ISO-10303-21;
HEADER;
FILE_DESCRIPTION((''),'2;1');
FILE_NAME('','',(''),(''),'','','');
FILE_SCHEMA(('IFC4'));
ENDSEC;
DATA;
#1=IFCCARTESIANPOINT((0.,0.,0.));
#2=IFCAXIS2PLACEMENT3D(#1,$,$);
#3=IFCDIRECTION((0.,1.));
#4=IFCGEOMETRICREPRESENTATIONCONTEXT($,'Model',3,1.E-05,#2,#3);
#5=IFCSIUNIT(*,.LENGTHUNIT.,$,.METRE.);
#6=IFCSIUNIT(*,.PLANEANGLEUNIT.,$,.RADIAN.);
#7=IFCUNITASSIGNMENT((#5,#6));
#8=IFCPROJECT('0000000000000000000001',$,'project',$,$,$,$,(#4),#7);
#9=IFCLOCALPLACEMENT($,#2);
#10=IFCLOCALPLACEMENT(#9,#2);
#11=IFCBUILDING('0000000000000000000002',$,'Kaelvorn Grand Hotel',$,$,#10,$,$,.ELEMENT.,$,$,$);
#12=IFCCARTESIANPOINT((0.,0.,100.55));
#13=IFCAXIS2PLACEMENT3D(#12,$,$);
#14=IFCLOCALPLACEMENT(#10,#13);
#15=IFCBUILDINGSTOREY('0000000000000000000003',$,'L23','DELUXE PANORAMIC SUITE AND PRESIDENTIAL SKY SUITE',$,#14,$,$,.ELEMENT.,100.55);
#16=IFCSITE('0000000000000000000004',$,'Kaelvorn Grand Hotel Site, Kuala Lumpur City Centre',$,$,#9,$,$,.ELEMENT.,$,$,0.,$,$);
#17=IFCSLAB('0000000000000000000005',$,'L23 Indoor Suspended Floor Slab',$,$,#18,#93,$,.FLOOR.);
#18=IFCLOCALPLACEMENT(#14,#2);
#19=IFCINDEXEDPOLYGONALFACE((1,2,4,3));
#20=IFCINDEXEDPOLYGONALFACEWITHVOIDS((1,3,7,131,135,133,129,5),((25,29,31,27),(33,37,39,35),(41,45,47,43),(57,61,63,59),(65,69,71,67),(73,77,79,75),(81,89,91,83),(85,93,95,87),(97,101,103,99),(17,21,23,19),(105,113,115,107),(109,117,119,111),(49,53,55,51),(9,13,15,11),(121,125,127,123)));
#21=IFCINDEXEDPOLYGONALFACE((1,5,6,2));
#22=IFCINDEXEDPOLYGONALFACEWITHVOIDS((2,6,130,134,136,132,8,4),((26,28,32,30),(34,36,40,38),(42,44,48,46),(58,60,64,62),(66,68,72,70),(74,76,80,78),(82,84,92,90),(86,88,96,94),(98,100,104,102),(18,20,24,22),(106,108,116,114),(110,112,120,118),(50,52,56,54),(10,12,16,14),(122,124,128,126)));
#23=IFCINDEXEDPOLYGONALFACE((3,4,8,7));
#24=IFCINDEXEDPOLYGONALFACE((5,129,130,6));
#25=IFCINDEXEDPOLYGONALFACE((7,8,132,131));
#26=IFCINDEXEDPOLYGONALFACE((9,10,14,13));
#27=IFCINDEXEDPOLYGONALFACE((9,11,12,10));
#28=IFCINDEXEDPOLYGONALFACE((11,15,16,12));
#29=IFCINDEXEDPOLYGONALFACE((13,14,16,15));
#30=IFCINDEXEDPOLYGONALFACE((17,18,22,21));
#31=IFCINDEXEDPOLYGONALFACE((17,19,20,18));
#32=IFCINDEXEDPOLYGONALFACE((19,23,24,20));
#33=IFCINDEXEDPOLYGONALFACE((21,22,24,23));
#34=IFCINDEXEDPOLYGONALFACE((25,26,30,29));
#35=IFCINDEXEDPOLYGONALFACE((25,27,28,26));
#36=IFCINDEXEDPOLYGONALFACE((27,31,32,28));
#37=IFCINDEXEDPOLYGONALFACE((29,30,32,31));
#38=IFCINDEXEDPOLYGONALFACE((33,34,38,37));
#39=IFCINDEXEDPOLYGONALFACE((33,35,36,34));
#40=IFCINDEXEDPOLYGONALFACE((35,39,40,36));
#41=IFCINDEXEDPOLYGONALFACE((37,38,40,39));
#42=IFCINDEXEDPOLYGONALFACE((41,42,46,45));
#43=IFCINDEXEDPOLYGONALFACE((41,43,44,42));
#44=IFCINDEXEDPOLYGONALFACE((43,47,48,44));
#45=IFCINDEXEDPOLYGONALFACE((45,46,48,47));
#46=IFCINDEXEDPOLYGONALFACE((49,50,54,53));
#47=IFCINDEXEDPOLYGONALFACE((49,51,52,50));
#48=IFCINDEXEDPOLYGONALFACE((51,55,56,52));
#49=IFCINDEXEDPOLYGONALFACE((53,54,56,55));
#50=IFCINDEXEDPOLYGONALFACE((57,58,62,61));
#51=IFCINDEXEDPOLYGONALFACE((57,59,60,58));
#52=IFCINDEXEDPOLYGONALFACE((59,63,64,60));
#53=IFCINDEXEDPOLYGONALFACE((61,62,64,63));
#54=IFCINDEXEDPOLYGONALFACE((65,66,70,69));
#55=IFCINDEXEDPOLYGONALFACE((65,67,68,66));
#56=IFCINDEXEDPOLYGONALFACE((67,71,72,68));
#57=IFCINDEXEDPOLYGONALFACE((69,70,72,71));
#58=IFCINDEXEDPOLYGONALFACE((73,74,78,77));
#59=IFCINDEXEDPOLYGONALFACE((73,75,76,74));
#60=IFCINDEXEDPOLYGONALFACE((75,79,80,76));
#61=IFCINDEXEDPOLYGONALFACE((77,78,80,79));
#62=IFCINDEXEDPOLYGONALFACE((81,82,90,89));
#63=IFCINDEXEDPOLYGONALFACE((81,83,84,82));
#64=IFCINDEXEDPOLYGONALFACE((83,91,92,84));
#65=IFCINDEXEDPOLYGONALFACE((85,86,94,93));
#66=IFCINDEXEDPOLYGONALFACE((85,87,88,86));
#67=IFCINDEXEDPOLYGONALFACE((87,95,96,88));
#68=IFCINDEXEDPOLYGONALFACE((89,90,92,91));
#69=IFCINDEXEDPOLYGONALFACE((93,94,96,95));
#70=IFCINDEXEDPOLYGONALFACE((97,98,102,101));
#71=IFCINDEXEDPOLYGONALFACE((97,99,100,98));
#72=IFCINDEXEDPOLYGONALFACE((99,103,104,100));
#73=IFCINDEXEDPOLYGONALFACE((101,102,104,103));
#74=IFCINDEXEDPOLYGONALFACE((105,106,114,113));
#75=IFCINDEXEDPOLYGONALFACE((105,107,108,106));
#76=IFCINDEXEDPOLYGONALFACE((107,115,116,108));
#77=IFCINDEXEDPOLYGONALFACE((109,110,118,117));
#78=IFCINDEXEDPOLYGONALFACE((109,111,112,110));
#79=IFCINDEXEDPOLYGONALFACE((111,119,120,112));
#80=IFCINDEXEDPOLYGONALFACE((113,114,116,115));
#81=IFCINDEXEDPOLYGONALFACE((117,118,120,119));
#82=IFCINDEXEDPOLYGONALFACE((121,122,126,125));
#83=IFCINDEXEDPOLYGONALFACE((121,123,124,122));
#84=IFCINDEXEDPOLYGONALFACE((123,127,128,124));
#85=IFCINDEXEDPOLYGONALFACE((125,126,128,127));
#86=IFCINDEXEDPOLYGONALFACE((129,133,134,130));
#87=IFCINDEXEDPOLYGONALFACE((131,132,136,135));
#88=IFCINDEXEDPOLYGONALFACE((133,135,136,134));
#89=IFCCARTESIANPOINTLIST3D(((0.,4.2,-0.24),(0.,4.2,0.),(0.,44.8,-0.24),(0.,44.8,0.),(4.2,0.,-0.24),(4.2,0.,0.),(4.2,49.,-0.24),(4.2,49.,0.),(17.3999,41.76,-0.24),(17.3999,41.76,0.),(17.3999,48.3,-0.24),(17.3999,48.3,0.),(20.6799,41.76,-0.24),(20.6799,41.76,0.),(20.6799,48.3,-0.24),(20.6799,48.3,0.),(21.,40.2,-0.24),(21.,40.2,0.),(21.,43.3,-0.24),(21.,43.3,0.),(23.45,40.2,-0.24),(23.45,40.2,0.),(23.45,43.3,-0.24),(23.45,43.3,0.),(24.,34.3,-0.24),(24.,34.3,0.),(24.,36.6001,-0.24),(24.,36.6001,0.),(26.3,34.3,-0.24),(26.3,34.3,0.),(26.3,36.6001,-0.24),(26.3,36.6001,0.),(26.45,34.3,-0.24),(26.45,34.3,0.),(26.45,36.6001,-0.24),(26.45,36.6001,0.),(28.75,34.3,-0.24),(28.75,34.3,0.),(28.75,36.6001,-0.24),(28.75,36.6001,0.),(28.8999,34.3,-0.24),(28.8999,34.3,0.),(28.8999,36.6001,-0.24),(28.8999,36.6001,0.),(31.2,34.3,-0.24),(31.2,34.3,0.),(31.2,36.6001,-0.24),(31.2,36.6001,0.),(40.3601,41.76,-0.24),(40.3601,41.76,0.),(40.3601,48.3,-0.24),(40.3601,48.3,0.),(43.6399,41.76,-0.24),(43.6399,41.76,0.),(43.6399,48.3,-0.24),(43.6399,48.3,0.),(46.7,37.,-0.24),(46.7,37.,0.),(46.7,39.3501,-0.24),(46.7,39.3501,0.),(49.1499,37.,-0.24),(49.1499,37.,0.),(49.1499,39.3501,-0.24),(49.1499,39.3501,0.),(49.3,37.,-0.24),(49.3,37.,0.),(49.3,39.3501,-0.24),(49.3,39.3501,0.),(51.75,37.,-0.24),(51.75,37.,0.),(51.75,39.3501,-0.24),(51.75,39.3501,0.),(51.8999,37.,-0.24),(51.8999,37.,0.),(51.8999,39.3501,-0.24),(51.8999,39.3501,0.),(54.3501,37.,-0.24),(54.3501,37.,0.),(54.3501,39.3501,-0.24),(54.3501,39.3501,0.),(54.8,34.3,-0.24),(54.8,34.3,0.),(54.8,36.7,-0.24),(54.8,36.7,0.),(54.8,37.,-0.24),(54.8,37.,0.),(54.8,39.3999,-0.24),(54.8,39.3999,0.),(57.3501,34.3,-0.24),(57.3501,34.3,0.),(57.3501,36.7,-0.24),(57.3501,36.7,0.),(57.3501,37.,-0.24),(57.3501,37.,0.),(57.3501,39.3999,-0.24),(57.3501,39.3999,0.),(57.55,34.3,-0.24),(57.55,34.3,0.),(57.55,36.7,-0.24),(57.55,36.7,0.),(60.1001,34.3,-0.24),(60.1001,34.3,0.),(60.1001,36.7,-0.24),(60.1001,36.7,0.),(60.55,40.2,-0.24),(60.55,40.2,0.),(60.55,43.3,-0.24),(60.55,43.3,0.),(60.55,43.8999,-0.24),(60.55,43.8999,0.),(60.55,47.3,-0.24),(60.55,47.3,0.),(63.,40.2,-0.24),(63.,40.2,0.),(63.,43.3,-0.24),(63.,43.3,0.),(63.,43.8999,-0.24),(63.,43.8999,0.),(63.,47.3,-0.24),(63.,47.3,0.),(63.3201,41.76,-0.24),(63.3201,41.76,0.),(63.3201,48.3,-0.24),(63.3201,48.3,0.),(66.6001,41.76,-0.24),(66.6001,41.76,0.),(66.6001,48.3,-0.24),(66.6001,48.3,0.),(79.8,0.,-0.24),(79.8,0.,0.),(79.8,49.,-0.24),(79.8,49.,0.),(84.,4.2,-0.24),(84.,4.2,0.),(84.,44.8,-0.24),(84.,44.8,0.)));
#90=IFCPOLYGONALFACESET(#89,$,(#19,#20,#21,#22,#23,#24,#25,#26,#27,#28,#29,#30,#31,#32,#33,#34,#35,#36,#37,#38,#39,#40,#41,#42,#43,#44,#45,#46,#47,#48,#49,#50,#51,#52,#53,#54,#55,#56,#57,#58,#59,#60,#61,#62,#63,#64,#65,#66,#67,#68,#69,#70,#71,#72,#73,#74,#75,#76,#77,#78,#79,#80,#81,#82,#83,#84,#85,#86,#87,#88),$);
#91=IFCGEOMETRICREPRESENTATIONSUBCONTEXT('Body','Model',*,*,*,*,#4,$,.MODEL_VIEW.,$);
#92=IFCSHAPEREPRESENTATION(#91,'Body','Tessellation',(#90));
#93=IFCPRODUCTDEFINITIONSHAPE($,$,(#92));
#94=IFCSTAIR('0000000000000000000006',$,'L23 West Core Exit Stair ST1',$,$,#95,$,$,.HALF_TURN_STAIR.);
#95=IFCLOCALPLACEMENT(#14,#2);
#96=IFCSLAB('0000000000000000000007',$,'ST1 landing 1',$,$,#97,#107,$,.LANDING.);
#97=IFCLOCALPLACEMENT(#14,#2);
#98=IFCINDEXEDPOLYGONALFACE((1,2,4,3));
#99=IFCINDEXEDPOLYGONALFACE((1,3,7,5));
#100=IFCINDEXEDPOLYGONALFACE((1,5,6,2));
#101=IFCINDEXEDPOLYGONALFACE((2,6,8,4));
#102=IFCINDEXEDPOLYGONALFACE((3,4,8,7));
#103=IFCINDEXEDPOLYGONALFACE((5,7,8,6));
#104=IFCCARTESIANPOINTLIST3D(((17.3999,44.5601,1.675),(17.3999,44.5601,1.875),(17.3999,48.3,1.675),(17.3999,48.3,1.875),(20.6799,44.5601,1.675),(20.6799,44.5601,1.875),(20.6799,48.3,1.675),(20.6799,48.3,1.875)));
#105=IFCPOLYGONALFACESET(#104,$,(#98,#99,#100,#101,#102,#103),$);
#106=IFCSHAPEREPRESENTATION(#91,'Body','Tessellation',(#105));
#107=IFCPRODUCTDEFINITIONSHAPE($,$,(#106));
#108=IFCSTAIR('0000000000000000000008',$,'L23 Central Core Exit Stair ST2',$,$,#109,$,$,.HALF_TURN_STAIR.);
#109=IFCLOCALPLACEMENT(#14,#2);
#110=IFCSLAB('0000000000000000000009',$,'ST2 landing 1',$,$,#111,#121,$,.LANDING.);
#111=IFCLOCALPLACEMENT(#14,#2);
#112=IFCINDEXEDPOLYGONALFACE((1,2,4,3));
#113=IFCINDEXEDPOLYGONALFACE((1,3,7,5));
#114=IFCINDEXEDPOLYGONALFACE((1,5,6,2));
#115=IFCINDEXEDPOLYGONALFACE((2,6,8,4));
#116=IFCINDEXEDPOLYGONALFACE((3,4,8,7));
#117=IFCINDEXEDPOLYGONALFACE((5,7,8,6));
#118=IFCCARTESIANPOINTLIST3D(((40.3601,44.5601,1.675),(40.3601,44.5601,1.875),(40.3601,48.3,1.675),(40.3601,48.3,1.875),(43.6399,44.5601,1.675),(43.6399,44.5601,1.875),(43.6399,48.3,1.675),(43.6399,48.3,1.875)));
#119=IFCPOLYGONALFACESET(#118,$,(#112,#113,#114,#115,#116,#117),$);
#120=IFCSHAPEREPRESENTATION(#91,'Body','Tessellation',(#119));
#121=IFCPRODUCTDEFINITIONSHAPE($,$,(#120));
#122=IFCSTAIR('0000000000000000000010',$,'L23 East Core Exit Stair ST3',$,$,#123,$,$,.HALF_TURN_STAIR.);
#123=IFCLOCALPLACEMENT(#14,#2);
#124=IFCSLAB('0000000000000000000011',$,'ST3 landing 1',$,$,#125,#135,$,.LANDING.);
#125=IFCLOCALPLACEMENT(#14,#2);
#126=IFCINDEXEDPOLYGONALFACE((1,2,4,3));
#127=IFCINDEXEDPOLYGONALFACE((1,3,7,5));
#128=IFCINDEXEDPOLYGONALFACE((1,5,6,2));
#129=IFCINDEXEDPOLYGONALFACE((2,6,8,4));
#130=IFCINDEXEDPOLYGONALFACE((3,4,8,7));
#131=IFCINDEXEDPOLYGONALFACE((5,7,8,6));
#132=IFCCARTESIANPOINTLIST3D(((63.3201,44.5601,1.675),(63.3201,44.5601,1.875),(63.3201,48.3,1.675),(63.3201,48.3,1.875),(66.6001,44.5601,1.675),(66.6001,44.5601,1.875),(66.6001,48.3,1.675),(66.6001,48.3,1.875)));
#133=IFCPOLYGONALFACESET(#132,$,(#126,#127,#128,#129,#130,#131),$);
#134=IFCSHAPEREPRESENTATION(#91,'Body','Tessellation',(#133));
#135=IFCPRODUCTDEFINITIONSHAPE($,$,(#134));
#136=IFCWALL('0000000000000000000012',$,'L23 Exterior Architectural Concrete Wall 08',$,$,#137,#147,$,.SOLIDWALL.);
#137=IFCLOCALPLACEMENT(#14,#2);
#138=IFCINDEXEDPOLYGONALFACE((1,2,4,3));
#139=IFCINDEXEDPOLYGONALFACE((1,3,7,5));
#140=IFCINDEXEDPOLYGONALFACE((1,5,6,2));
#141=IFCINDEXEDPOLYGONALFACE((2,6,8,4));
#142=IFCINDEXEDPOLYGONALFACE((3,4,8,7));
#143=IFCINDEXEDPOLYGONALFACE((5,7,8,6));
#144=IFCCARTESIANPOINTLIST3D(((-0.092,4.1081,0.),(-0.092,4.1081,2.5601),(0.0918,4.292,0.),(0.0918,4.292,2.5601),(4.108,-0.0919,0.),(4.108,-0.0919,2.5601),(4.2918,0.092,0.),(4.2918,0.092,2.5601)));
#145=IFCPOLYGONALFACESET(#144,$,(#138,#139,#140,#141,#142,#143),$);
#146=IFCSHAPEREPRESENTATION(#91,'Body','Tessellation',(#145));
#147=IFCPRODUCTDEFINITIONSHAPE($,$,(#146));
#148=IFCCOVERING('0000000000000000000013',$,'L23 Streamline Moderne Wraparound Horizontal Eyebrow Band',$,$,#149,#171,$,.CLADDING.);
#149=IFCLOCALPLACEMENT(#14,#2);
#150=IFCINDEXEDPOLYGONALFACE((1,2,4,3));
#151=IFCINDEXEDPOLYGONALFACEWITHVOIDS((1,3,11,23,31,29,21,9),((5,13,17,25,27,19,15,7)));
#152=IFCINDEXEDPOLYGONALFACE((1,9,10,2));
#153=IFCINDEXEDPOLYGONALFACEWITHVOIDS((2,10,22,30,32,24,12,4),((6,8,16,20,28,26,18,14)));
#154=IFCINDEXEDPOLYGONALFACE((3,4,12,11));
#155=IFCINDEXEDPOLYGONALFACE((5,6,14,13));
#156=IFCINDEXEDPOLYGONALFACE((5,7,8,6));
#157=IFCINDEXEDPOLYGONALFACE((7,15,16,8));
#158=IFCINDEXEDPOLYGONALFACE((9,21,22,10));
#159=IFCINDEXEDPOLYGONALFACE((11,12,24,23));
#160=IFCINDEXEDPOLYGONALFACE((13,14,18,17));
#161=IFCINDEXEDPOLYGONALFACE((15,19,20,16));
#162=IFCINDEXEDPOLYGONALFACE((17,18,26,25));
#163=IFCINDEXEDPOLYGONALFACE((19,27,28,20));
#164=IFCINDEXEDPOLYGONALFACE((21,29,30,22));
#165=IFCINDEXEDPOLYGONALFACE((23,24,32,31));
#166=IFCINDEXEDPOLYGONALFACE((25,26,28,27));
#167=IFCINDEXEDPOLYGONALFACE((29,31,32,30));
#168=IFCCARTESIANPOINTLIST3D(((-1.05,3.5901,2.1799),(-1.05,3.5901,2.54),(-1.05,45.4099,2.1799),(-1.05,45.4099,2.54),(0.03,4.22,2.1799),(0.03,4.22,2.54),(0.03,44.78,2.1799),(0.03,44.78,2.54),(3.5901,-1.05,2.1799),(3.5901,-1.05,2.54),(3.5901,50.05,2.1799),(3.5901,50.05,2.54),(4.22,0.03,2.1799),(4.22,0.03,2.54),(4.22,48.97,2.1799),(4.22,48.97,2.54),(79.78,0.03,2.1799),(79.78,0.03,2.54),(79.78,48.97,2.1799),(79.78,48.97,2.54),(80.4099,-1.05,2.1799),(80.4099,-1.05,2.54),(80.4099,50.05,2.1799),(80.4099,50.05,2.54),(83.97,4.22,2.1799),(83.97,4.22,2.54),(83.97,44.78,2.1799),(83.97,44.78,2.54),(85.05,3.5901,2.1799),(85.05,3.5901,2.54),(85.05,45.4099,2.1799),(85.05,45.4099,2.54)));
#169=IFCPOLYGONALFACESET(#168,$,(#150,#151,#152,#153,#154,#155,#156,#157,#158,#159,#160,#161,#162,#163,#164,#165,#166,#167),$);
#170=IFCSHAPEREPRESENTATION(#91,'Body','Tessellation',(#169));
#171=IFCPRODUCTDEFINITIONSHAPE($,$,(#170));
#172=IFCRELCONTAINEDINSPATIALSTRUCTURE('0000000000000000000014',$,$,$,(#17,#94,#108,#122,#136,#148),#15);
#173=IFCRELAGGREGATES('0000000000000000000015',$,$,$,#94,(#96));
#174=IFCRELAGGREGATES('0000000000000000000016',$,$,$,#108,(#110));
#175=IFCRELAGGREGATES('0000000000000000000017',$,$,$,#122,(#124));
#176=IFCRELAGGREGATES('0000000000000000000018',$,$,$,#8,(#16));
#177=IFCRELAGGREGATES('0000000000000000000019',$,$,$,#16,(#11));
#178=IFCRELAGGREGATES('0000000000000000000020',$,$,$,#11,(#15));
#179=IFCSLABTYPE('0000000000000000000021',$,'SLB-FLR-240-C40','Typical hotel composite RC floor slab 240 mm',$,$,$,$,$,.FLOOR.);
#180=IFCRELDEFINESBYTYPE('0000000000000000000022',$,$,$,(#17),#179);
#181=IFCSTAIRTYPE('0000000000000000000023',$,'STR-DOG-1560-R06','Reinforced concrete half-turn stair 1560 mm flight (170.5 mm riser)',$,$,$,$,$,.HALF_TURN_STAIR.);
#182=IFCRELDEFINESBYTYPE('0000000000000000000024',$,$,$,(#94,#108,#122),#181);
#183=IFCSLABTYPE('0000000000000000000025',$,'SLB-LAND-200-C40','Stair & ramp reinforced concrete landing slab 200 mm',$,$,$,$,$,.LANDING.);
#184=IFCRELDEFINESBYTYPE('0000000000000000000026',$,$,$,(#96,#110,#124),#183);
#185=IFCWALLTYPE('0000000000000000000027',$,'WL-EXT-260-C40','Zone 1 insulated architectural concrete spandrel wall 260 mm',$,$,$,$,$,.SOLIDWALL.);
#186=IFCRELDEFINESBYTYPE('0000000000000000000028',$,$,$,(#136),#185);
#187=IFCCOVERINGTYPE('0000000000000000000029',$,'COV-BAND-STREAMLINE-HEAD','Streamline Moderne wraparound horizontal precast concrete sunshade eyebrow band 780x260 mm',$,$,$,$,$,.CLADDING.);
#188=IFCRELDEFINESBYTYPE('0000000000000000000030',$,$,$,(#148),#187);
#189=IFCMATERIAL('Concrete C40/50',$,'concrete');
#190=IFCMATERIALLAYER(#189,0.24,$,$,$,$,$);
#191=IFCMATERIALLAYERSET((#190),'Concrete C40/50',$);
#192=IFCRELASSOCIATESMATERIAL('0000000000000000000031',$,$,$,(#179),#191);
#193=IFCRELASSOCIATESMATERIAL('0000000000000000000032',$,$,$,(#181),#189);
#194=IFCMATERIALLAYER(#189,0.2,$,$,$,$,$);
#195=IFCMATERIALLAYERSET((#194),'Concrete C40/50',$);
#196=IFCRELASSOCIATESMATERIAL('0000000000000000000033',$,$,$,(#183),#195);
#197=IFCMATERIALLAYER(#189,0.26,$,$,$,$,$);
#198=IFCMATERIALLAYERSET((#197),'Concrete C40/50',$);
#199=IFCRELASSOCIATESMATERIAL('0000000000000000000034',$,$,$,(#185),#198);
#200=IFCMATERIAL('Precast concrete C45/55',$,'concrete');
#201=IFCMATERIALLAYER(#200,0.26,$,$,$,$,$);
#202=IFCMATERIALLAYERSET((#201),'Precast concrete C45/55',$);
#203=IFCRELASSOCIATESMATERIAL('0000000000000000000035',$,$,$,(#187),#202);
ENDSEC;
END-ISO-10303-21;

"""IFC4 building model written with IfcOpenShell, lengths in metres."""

from ifc_helpers import new_model, si_unit, direction, frame, frame_2d, origin, place, context, subcontext, project, spatial, polyline, rectangle, outline, extrude, material, layer, layer_set, type_object, element, aggregate, save


model = new_model("IFC4")

# Units and contexts
model_context = context("Model", 3, precision=1e-05, world=origin(), true_north=direction((0.0, 1.0)))
body_context = subcontext(model_context, "Body", "Model", "MODEL_VIEW")
ifc_project = project(units=[si_unit("LENGTHUNIT", "METRE"), si_unit("PLANEANGLEUNIT", "RADIAN")], contexts=[model_context])

# Site, building, storey
site_placement = place(None, origin())
site = spatial("IfcSite", under=ifc_project, at=site_placement, Name="Kaelvorn Grand Hotel Site, Kuala Lumpur City Centre", CompositionType="ELEMENT", RefElevation=0.0)
building_placement = place(site_placement, origin())
building = spatial("IfcBuilding", under=site, at=building_placement, Name="Kaelvorn Grand Hotel", CompositionType="ELEMENT")
storey_placement = place(building_placement, frame((0.0, 0.0, 100.55)))
storey = spatial("IfcBuildingStorey", under=building, at=storey_placement, Name="L23", Description="DELUXE PANORAMIC SUITE AND PRESIDENTIAL SKY SUITE", CompositionType="ELEMENT", Elevation=100.55)

# Slab
ifc_material_1 = material(Name="Concrete C40/50", Category="concrete")
ifc_layer_1 = layer(ifc_material_1, 0.24)
ifc_layer_set_1 = layer_set([ifc_layer_1], Name="Concrete C40/50")
slab_type_1 = type_object("IfcSlabType", Name="SLB-FLR-240-C40", Description="Typical hotel composite RC floor slab 240 mm", PredefinedType="FLOOR", material=ifc_layer_set_1)
slab_1_placement = place(storey_placement, frame((0.0, 0.0, -0.24)))
element("IfcSlab", 1, at=slab_1_placement, inside=storey, type_object=slab_type_1, Name="L23 Indoor Suspended Floor Slab", PredefinedType="FLOOR", context=body_context, shape_type="SweptSolid", body=[
    extrude(outline(polyline([(4.2, 0.0), (79.8, 0.0), (84.0, 4.2), (84.0, 44.8), (79.8, 49.0), (4.2, 49.0), (0.0, 44.8), (0.0, 4.2), (4.2, 0.0)]), holes=[polyline([(17.3999, 41.76), (17.3999, 48.3), (20.6799, 48.3), (20.6799, 41.76), (17.3999, 41.76)]), polyline([(40.3601, 41.76), (40.3601, 48.3), (43.6399, 48.3), (43.6399, 41.76), (40.3601, 41.76)]), polyline([(63.3201, 41.76), (63.3201, 48.3), (66.6001, 48.3), (66.6001, 41.76), (63.3201, 41.76)]), polyline([(24.0, 34.3), (24.0, 36.6001), (26.3, 36.6001), (26.3, 34.3), (24.0, 34.3)]), polyline([(26.45, 34.3), (26.45, 36.6001), (28.75, 36.6001), (28.75, 34.3), (26.45, 34.3)]), polyline([(28.8999, 34.3), (28.8999, 36.6001), (31.2, 36.6001), (31.2, 34.3), (28.8999, 34.3)]), polyline([(46.7, 37.0), (46.7, 39.3501), (49.1499, 39.3501), (49.1499, 37.0), (46.7, 37.0)]), polyline([(49.3, 37.0), (49.3, 39.3501), (51.75, 39.3501), (51.75, 37.0), (49.3, 37.0)]), polyline([(51.8999, 37.0), (51.8999, 39.3501), (54.3501, 39.3501), (54.3501, 37.0), (51.8999, 37.0)]), polyline([(54.8, 34.3), (54.8, 36.7), (57.3501, 36.7), (57.3501, 34.3), (54.8, 34.3)]), polyline([(57.55, 34.3), (57.55, 36.7), (60.1001, 36.7), (60.1001, 34.3), (57.55, 34.3)]), polyline([(54.8, 37.0), (54.8, 39.3999), (57.3501, 39.3999), (57.3501, 37.0), (54.8, 37.0)]), polyline([(21.0, 40.2), (21.0, 43.3), (23.45, 43.3), (23.45, 40.2), (21.0, 40.2)]), polyline([(60.55, 40.2), (60.55, 43.3), (63.0, 43.3), (63.0, 40.2), (60.55, 40.2)]), polyline([(60.55, 43.8999), (60.55, 47.3), (63.0, 47.3), (63.0, 43.8999), (60.55, 43.8999)])]), origin(), (0.0, 0.0, 1.0), 0.24),
])

# Stairs, slabs
stair_type = type_object("IfcStairType", Name="STR-DOG-1560-R06", Description="Reinforced concrete half-turn stair 1560 mm flight (170.5 mm riser)", PredefinedType="HALF_TURN_STAIR", material=ifc_material_1)
stair_1_placement = place(storey_placement, origin())
stair_1 = element("IfcStair", 2, at=stair_1_placement, inside=storey, type_object=stair_type, Name="L23 West Core Exit Stair ST1", PredefinedType="HALF_TURN_STAIR")
ifc_layer_2 = layer(ifc_material_1, 0.2)
ifc_layer_set_2 = layer_set([ifc_layer_2], Name="Concrete C40/50")
slab_type_2 = type_object("IfcSlabType", Name="SLB-LAND-200-C40", Description="Stair & ramp reinforced concrete landing slab 200 mm", PredefinedType="LANDING", material=ifc_layer_set_2)
slab_2_placement = place(storey_placement, frame((0.0, 0.0, 1.675)))
slab_2 = element("IfcSlab", 3, at=slab_2_placement, type_object=slab_type_2, Name="ST1 landing 1", PredefinedType="LANDING", context=body_context, shape_type="SweptSolid", body=[
    extrude(outline(polyline([(20.6799, 44.5601), (20.6799, 48.3), (17.3999, 48.3), (17.3999, 44.5601), (20.6799, 44.5601)])), origin(), (0.0, 0.0, 1.0), 0.2),
])
aggregate(stair_1, [slab_2])
stair_2_placement = place(storey_placement, origin())
stair_2 = element("IfcStair", 4, at=stair_2_placement, inside=storey, type_object=stair_type, Name="L23 Central Core Exit Stair ST2", PredefinedType="HALF_TURN_STAIR")
slab_3_placement = place(storey_placement, frame((0.0, 0.0, 1.675)))
slab_3 = element("IfcSlab", 5, at=slab_3_placement, type_object=slab_type_2, Name="ST2 landing 1", PredefinedType="LANDING", context=body_context, shape_type="SweptSolid", body=[
    extrude(outline(polyline([(43.6399, 44.5601), (43.6399, 48.3), (40.3601, 48.3), (40.3601, 44.5601), (43.6399, 44.5601)])), origin(), (0.0, 0.0, 1.0), 0.2),
])
aggregate(stair_2, [slab_3])
stair_3_placement = place(storey_placement, origin())
stair_3 = element("IfcStair", 6, at=stair_3_placement, inside=storey, type_object=stair_type, Name="L23 East Core Exit Stair ST3", PredefinedType="HALF_TURN_STAIR")
slab_4_placement = place(storey_placement, frame((0.0, 0.0, 1.675)))
slab_4 = element("IfcSlab", 7, at=slab_4_placement, type_object=slab_type_2, Name="ST3 landing 1", PredefinedType="LANDING", context=body_context, shape_type="SweptSolid", body=[
    extrude(outline(polyline([(66.6001, 44.5601), (66.6001, 48.3), (63.3201, 48.3), (63.3201, 44.5601), (66.6001, 44.5601)])), origin(), (0.0, 0.0, 1.0), 0.2),
])
aggregate(stair_3, [slab_4])

# Wall
ifc_layer_3 = layer(ifc_material_1, 0.26)
ifc_layer_set_3 = layer_set([ifc_layer_3], Name="Concrete C40/50")
wall_type = type_object("IfcWallType", Name="WL-EXT-260-C40", Description="Zone 1 insulated architectural concrete spandrel wall 260 mm", PredefinedType="SOLIDWALL", material=ifc_layer_set_3)
wall_placement = place(storey_placement, frame((0.0, 4.2, 0.0), z_axis=(0.0, 0.0, 1.0), x_axis=(0.707107, -0.707107, 0.0)))
element("IfcWall", 8, at=wall_placement, inside=storey, type_object=wall_type, Name="L23 Exterior Architectural Concrete Wall 08", PredefinedType="SOLIDWALL", context=body_context, shape_type="SweptSolid", body=[
    extrude(rectangle(XDim=5.9397, YDim=0.26, at=frame_2d((2.9697, 0.0))), origin(), (0.0, 0.0, 1.0), 2.5601),
])

# Covering
ifc_material_2 = material(Name="Precast concrete C45/55", Category="concrete")
ifc_layer_4 = layer(ifc_material_2, 0.26)
ifc_layer_set_4 = layer_set([ifc_layer_4], Name="Precast concrete C45/55")
covering_type_1 = type_object("IfcCoveringType", Name="COV-BAND-STREAMLINE-HEAD", Description="Streamline Moderne wraparound horizontal precast concrete sunshade eyebrow band 780x260 mm", PredefinedType="CLADDING", material=ifc_layer_set_4)
covering_1_placement = place(storey_placement, frame((0.0, 0.0, 2.1799)))
element("IfcCovering", 9, at=covering_1_placement, inside=storey, type_object=covering_type_1, Name="L23 Streamline Moderne Wraparound Horizontal Eyebrow Band", PredefinedType="CLADDING", context=body_context, shape_type="SweptSolid", body=[
    extrude(outline(polyline([(3.5901, -1.05), (80.4099, -1.05), (85.05, 3.5901), (85.05, 45.4099), (80.4099, 50.05), (3.5901, 50.05), (-1.05, 45.4099), (-1.05, 3.5901), (3.5901, -1.05)]), holes=[polyline([(4.22, 0.03), (79.78, 0.03), (83.97, 4.22), (83.97, 44.78), (79.78, 48.97), (4.22, 48.97), (0.03, 44.78), (0.03, 4.22), (4.22, 0.03)])]), origin(), (0.0, 0.0, 1.0), 0.3601),
])

save(model, "model.ifc")
